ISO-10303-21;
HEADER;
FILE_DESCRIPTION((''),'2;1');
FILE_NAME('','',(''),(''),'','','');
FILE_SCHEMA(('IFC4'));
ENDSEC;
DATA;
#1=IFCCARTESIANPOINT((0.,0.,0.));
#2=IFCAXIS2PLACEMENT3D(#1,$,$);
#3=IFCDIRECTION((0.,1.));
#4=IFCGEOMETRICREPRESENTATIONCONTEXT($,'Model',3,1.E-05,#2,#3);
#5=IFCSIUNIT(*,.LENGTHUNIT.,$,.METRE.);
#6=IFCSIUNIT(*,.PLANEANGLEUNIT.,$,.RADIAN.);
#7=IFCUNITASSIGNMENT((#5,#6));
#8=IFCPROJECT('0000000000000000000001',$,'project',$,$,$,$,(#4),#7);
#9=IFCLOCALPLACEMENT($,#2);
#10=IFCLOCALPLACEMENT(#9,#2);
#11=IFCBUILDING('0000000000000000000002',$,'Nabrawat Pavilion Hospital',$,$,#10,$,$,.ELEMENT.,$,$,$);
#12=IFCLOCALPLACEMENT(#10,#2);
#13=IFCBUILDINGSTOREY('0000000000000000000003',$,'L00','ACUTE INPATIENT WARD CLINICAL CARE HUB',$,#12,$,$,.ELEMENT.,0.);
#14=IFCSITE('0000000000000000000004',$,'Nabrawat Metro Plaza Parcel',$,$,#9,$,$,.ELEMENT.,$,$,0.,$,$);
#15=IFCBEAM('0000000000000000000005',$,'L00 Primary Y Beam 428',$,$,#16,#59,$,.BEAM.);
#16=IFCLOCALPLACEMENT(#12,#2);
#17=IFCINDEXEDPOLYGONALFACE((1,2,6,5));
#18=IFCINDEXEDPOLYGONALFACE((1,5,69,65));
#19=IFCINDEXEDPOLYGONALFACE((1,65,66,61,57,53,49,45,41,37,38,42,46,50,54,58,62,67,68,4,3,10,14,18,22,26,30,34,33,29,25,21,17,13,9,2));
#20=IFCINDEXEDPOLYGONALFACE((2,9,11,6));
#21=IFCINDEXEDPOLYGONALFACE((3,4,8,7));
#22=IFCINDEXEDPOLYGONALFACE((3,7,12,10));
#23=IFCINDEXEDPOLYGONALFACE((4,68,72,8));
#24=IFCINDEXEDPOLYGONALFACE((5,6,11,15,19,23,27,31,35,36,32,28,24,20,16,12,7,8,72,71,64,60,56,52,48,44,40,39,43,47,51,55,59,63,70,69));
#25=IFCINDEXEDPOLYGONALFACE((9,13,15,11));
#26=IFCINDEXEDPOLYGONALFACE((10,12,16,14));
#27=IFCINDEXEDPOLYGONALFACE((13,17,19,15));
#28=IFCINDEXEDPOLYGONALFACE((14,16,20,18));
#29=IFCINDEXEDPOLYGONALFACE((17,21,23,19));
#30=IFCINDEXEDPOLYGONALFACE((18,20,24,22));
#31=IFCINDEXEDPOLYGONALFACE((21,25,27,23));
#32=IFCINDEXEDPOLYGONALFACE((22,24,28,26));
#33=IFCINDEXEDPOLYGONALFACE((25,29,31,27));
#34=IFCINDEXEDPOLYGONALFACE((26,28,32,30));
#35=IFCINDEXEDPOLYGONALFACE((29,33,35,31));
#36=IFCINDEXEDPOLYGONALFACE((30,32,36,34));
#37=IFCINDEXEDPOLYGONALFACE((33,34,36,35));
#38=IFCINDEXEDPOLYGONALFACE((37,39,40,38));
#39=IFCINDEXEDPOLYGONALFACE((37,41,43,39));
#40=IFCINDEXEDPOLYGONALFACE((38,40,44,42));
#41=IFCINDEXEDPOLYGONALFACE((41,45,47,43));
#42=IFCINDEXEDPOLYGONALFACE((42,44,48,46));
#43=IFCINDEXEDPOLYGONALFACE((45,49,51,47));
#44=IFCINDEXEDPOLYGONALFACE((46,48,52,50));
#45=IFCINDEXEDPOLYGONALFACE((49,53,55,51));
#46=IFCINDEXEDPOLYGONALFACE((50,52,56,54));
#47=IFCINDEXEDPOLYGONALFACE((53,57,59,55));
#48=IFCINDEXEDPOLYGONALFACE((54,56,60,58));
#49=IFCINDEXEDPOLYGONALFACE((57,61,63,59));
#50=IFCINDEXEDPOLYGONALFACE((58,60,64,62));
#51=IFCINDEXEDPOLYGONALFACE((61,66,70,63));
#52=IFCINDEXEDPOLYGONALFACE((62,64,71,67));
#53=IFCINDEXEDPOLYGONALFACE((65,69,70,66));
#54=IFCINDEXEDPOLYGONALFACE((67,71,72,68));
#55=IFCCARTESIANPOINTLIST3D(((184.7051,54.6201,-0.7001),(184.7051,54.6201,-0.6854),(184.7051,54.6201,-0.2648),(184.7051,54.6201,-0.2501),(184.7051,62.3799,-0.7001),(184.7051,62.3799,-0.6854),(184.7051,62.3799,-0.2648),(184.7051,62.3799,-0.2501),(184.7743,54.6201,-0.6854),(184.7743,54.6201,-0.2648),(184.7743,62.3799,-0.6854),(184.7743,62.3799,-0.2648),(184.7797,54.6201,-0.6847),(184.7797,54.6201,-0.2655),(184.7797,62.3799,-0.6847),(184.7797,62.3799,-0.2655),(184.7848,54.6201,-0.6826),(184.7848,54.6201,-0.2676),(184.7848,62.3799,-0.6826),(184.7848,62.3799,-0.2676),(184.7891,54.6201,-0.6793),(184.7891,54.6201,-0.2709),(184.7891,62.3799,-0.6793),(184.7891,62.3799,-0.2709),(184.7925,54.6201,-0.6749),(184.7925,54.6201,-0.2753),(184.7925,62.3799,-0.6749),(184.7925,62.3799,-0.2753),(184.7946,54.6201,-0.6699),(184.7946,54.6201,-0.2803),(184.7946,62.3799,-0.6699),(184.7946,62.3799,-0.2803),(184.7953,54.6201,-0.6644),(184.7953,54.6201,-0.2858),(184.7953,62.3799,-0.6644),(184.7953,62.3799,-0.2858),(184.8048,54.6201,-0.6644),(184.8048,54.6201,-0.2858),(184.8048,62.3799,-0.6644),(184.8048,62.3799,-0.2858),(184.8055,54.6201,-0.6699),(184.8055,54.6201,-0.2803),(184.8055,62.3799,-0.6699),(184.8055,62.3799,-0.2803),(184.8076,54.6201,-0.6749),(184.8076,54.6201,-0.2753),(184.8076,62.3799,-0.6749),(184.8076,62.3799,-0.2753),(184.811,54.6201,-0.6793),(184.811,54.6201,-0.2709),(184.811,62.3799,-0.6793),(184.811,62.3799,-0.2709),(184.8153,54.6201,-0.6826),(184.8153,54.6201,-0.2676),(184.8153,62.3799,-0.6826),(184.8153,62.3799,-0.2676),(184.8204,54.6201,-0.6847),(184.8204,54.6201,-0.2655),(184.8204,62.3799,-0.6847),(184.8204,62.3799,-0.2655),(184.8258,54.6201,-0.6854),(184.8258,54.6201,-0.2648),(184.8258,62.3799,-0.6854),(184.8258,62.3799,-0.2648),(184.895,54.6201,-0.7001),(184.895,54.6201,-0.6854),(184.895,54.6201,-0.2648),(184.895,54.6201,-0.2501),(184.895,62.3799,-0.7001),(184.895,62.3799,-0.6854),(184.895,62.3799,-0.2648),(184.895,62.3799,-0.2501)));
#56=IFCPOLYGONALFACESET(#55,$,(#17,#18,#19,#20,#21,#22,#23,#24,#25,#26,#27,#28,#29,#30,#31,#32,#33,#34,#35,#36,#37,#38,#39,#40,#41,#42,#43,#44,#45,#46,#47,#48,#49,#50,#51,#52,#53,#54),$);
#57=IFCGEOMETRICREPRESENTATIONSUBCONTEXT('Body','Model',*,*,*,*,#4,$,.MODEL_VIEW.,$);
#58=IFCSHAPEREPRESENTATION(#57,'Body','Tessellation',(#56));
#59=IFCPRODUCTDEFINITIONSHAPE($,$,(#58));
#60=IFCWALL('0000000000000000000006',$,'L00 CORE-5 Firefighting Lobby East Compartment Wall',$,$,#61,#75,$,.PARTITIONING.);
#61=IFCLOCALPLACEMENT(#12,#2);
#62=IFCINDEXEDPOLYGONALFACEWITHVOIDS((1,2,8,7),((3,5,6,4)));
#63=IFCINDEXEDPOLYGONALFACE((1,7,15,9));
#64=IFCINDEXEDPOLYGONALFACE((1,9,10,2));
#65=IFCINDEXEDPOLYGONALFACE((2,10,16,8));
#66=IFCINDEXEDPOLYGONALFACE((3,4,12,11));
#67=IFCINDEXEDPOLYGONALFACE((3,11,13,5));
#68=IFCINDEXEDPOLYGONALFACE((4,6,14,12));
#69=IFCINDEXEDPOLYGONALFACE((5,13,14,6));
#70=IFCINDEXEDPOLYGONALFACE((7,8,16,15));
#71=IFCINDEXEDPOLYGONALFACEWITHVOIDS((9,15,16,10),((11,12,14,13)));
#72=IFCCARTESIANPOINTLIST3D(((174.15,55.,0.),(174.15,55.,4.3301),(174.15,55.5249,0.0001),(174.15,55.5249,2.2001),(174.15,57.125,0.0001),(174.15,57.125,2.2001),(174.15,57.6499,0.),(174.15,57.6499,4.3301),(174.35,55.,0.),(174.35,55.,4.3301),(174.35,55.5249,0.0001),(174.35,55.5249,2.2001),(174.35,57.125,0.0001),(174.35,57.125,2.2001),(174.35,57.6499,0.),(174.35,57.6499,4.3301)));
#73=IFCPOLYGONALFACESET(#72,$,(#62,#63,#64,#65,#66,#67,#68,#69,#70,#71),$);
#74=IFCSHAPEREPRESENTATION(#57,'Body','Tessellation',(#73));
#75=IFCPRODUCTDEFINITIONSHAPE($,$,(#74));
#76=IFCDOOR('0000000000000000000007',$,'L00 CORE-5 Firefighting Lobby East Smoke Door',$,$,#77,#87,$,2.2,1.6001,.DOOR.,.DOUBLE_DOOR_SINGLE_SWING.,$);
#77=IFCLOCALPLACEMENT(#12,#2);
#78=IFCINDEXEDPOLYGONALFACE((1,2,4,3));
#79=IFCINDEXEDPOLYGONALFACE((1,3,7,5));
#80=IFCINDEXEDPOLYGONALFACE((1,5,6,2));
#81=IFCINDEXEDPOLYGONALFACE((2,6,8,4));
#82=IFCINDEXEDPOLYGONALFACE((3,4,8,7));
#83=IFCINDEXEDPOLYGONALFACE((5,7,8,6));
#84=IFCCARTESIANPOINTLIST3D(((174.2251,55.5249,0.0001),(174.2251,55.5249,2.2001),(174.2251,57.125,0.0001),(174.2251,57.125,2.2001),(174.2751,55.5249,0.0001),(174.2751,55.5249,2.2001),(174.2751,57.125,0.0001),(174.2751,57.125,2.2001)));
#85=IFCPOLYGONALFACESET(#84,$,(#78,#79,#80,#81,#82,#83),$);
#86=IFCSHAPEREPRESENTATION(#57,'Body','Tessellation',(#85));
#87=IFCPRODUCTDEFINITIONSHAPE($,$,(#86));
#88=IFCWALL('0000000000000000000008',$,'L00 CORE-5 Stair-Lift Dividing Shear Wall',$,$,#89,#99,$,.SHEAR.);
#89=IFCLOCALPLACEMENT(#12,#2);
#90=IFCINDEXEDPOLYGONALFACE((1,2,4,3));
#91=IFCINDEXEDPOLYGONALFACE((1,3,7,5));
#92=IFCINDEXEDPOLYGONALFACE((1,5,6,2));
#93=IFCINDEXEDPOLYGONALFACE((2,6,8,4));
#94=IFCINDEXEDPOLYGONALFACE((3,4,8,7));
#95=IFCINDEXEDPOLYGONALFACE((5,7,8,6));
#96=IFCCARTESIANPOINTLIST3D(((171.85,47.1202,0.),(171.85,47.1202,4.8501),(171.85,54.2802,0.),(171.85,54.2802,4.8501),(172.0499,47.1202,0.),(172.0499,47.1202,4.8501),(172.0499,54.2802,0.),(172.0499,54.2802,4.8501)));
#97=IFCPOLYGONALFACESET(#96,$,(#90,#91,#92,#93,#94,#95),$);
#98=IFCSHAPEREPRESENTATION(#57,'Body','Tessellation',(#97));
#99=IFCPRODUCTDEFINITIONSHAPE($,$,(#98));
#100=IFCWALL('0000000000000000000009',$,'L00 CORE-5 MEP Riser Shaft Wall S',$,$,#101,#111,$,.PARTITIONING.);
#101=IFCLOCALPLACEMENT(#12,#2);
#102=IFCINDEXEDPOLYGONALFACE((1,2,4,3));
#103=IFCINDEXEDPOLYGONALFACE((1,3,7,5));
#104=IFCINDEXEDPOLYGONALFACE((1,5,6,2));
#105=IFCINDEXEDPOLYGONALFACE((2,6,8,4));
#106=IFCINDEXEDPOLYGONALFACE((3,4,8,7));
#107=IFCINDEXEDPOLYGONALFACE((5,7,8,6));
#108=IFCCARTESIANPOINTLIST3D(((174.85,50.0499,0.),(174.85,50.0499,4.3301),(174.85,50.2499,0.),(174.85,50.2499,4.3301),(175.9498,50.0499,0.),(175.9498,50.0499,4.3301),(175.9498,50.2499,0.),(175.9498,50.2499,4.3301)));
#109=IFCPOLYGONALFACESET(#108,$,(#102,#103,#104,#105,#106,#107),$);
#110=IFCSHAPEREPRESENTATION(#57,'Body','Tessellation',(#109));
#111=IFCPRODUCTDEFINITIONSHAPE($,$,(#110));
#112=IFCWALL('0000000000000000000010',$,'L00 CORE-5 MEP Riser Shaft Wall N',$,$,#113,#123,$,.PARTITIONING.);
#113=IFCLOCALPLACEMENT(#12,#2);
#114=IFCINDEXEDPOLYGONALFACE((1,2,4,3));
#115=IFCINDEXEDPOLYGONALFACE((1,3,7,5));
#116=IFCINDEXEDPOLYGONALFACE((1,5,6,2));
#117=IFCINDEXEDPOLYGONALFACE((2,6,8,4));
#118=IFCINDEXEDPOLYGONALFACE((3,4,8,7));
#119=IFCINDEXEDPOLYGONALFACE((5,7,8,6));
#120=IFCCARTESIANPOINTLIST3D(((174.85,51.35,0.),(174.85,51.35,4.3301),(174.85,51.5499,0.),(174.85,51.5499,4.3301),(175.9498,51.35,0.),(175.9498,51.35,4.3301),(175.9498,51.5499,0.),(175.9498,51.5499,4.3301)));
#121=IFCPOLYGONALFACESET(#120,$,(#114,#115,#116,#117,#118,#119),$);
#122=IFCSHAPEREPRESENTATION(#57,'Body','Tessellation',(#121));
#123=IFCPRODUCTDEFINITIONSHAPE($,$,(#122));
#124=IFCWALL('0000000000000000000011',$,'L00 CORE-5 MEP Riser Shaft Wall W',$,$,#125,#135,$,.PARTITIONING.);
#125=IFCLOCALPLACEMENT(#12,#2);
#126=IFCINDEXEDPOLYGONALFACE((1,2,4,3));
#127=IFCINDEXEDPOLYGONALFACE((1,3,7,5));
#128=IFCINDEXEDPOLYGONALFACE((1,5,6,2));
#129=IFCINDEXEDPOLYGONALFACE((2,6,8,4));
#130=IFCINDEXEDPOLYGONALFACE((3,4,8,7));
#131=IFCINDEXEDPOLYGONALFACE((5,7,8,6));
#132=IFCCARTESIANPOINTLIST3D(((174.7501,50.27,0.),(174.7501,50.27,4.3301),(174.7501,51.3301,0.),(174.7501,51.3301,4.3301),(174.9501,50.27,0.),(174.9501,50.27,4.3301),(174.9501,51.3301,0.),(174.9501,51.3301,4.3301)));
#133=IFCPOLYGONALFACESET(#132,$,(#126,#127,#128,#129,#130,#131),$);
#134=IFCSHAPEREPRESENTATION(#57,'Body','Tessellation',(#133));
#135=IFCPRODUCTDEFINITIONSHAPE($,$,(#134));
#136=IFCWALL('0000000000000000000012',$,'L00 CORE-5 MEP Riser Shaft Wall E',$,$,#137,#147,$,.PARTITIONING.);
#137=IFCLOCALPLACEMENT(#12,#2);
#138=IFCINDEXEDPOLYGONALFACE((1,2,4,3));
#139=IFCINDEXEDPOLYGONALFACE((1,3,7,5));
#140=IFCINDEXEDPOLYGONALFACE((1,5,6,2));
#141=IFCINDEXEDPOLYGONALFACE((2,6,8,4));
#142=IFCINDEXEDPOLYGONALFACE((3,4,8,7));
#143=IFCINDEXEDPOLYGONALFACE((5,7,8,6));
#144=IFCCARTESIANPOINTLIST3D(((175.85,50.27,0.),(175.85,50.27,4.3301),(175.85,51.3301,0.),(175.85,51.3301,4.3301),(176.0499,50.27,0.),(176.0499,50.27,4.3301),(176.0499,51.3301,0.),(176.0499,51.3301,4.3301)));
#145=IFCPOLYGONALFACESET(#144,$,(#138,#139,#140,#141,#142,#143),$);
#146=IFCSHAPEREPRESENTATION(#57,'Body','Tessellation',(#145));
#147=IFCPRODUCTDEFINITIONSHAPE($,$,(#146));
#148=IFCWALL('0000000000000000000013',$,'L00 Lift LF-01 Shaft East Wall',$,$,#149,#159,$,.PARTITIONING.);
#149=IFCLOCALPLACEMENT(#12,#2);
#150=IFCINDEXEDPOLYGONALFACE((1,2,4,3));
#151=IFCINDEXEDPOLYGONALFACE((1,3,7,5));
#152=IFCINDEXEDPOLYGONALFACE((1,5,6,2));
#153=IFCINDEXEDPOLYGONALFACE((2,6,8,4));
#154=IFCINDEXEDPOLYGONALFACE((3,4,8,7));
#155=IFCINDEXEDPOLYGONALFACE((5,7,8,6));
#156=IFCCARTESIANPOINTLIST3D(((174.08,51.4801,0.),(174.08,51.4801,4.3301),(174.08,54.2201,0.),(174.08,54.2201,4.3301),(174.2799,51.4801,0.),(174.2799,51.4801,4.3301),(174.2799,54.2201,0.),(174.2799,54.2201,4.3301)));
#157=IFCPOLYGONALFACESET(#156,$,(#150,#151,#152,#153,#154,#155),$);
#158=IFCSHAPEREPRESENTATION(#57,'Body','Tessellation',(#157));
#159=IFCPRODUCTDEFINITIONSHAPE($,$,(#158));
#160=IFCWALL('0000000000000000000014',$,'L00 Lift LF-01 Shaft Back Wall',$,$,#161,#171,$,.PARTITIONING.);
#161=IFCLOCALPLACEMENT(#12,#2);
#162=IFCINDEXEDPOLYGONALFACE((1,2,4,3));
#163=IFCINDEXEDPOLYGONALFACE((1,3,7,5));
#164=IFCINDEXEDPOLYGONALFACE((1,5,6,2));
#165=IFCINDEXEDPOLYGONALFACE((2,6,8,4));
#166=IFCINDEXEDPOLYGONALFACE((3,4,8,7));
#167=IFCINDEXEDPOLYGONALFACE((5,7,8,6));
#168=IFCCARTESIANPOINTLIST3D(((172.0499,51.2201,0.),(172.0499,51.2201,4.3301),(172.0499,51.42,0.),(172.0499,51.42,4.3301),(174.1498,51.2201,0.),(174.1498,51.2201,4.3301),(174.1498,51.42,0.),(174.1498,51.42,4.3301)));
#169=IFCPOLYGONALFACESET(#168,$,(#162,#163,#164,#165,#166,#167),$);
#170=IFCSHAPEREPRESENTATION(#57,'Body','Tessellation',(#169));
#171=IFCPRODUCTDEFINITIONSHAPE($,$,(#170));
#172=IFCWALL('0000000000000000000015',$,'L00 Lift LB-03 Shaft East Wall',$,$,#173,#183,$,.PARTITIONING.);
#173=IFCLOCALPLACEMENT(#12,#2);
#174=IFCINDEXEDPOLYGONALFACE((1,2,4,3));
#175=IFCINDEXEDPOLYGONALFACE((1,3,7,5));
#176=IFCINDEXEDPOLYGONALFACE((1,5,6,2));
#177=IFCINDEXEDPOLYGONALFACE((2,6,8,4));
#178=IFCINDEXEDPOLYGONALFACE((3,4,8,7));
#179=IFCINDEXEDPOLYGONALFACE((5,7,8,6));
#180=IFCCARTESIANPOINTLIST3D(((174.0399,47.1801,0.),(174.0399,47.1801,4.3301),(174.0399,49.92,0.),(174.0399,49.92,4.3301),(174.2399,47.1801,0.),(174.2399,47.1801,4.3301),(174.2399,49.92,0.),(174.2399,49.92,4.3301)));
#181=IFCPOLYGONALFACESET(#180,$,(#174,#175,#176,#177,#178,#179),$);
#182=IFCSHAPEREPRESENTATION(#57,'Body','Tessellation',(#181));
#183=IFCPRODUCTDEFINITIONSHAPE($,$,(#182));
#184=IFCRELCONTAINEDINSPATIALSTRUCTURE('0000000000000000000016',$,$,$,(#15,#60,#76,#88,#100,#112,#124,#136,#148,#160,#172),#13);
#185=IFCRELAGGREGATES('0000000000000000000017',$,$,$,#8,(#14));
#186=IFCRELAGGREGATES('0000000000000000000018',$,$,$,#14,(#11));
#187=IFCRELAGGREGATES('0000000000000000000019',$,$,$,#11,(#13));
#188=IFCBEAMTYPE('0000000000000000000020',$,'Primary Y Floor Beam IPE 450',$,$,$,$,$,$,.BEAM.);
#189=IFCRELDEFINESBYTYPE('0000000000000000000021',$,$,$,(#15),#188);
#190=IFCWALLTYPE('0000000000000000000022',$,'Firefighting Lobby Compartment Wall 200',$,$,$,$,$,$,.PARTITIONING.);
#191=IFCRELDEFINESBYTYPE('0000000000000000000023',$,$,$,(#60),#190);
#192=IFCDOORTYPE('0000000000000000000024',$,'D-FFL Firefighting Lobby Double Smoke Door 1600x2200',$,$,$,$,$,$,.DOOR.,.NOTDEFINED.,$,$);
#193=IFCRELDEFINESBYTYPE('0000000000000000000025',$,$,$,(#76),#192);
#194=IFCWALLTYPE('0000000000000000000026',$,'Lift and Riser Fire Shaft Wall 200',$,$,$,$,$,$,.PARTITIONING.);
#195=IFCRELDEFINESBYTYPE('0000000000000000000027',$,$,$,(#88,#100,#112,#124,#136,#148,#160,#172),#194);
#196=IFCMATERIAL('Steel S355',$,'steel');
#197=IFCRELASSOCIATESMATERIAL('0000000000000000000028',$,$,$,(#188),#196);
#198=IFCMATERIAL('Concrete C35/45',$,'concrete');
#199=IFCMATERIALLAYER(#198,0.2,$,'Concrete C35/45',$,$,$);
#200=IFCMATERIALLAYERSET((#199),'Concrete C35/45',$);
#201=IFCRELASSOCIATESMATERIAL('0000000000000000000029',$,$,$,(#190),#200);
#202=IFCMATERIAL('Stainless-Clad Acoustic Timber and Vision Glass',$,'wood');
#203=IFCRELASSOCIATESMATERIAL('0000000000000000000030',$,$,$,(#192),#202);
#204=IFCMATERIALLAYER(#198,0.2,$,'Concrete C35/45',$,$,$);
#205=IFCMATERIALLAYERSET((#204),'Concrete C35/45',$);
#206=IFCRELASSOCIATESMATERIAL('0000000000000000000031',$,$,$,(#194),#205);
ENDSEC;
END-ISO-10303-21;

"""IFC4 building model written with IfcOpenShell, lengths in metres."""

from ifc_helpers import new_model, si_unit, direction, frame, frame_2d, origin, origin_2d, place, context, subcontext, project, spatial, rectangle, i_section, extrude, material, layer, layer_set, material_profile, profile_set, type_object, element, fill, save


model = new_model("IFC4")

# Units and contexts
model_context = context("Model", 3, precision=1e-05, world=origin(), true_north=direction((0.0, 1.0)))
body_context = subcontext(model_context, "Body", "Model", "MODEL_VIEW")
ifc_project = project(units=[si_unit("LENGTHUNIT", "METRE"), si_unit("PLANEANGLEUNIT", "RADIAN")], contexts=[model_context])

# Site, building, storey
site_placement = place(None, origin())
site = spatial("IfcSite", under=ifc_project, at=site_placement, Name="Nabrawat Metro Plaza Parcel", CompositionType="ELEMENT", RefElevation=0.0)
building_placement = place(site_placement, origin())
building = spatial("IfcBuilding", under=site, at=building_placement, Name="Nabrawat Pavilion Hospital", CompositionType="ELEMENT")
storey_placement = place(building_placement, origin())
storey = spatial("IfcBuildingStorey", under=building, at=storey_placement, Name="L00", Description="ACUTE INPATIENT WARD CLINICAL CARE HUB", CompositionType="ELEMENT", Elevation=0.0)

# Shared definitions
ifc_material_1 = material(Name="Steel S355", Category="steel")

# Beam
ifc_material_profile_1 = material_profile(ifc_material_1, i_section(OverallWidth=0.1899, OverallDepth=0.45, WebThickness=0.0095, FlangeThickness=0.0146, FilletRadius=0.021, at=origin_2d()), Name="IPE 450")
ifc_profile_set_1 = profile_set([ifc_material_profile_1], Name="Steel S355")
beam_type_1 = type_object("IfcBeamType", Name="Primary Y Floor Beam IPE 450", PredefinedType="BEAM", material=ifc_profile_set_1)
for number, where, z_axis, x_axis, name in (
    (1, (184.8, 54.6201, -0.4751), (0.0, 1.0, 0.0), (-1.0, 0.0, 0.0), "L00 Primary Y Beam 428"),
):
    element("IfcBeam", number, at=place(storey_placement, frame(where, z_axis=z_axis, x_axis=x_axis)), inside=storey, type_object=beam_type_1, Name=name, PredefinedType="BEAM", context=body_context, shape_type="SweptSolid", body=[
        extrude(i_section(OverallWidth=0.1899, OverallDepth=0.45, WebThickness=0.0095, FlangeThickness=0.0146, FilletRadius=0.021, at=origin_2d()), origin(), (0.0, 0.0, 1.0), 7.7598),
    ])

# Wall, opening, door
ifc_material_2 = material(Name="Concrete C35/45", Category="concrete")
ifc_layer_1 = layer(ifc_material_2, 0.2, Name="Concrete C35/45")
ifc_layer_set_1 = layer_set([ifc_layer_1], Name="Concrete C35/45")
wall_type_1 = type_object("IfcWallType", Name="Firefighting Lobby Compartment Wall 200", PredefinedType="PARTITIONING", material=ifc_layer_set_1)
wall_1_placement = place(storey_placement, frame((174.25, 55.0, 0.0), z_axis=(0.0, 0.0, 1.0), x_axis=(0.0, 1.0, 0.0)))
wall_1 = element("IfcWall", 2, at=wall_1_placement, inside=storey, type_object=wall_type_1, Name="L00 CORE-5 Firefighting Lobby East Compartment Wall", PredefinedType="PARTITIONING", context=body_context, shape_type="SweptSolid", body=[
    extrude(rectangle(XDim=2.6499, YDim=0.2, at=frame_2d((1.325, 0.0))), origin(), (0.0, 0.0, 1.0), 4.3301),
])
opening_1_placement = place(wall_1_placement, frame((0.5249, 0.0, 0.0)))
opening_1 = element("IfcOpeningElement", 3, at=opening_1_placement, cuts=wall_1, PredefinedType="OPENING", context=body_context, shape_type="SweptSolid", body=[
    extrude(rectangle(XDim=1.6001, YDim=2.2, at=frame_2d((0.8, 1.1001))), frame((0.0, 0.1099, 0.0), z_axis=(0.0, -1.0, 0.0), x_axis=(1.0, 0.0, 0.0)), (0.0, 0.0, 1.0), 0.22),
])
ifc_material_3 = material(Name="Stainless-Clad Acoustic Timber and Vision Glass", Category="wood")
door_type_1 = type_object("IfcDoorType", Name="D-FFL Firefighting Lobby Double Smoke Door 1600x2200", OperationType="NOTDEFINED", PredefinedType="DOOR", material=ifc_material_3)
door_1_placement = place(opening_1_placement, origin())
door_1 = element("IfcDoor", 4, at=door_1_placement, inside=storey, type_object=door_type_1, Name="L00 CORE-5 Firefighting Lobby East Smoke Door", OperationType="DOUBLE_DOOR_SINGLE_SWING", OverallHeight=2.2, OverallWidth=1.6001, PredefinedType="DOOR", context=body_context, shape_type="SweptSolid", body=[
    extrude(rectangle(XDim=1.6001, YDim=2.2, at=frame_2d((0.8, 1.1001))), frame((0.0, 0.0249, 0.0), z_axis=(0.0, -1.0, 0.0), x_axis=(1.0, 0.0, 0.0)), (0.0, 0.0, 1.0), 0.05),
])
fill(opening_1, door_1)

# Walls
ifc_layer_2 = layer(ifc_material_2, 0.2, Name="Concrete C35/45")
ifc_layer_set_2 = layer_set([ifc_layer_2], Name="Concrete C35/45")
wall_type_2 = type_object("IfcWallType", Name="Lift and Riser Fire Shaft Wall 200", PredefinedType="PARTITIONING", material=ifc_layer_set_2)
wall_2_placement = place(storey_placement, frame((171.95, 47.1201, 0.0), z_axis=(0.0, 0.0, 1.0), x_axis=(0.0, 1.0, 0.0)))
element("IfcWall", 5, at=wall_2_placement, inside=storey, type_object=wall_type_2, Name="L00 CORE-5 Stair-Lift Dividing Shear Wall", PredefinedType="SHEAR", context=body_context, shape_type="SweptSolid", body=[
    extrude(rectangle(XDim=7.1599, YDim=0.2, at=frame_2d((3.5801, 0.0))), origin(), (0.0, 0.0, 1.0), 4.8501),
])
for number, where, z_axis, x_axis, name in (
    (6, (174.8501, 50.1499, 0.0), (0.0, 0.0, 1.0), (1.0, 0.0, 0.0), "L00 CORE-5 MEP Riser Shaft Wall S"),
    (7, (174.8501, 51.45, 0.0), (0.0, 0.0, 1.0), (1.0, 0.0, 0.0), "L00 CORE-5 MEP Riser Shaft Wall N"),
):
    element("IfcWall", number, at=place(storey_placement, frame(where, z_axis=z_axis, x_axis=x_axis)), inside=storey, type_object=wall_type_2, Name=name, PredefinedType="PARTITIONING", context=body_context, shape_type="SweptSolid", body=[
        extrude(rectangle(XDim=1.0999, YDim=0.2, at=frame_2d((0.5498, 0.0))), origin(), (0.0, 0.0, 1.0), 4.3301),
    ])
for number, where, z_axis, x_axis, name in (
    (8, (174.8501, 50.27, 0.0), (0.0, 0.0, 1.0), (0.0, 1.0, 0.0), "L00 CORE-5 MEP Riser Shaft Wall W"),
    (9, (175.95, 50.27, 0.0), (0.0, 0.0, 1.0), (0.0, 1.0, 0.0), "L00 CORE-5 MEP Riser Shaft Wall E"),
):
    element("IfcWall", number, at=place(storey_placement, frame(where, z_axis=z_axis, x_axis=x_axis)), inside=storey, type_object=wall_type_2, Name=name, PredefinedType="PARTITIONING", context=body_context, shape_type="SweptSolid", body=[
        extrude(rectangle(XDim=1.0601, YDim=0.2, at=frame_2d((0.53, 0.0))), origin(), (0.0, 0.0, 1.0), 4.3301),
    ])
wall_3_placement = place(storey_placement, frame((174.1799, 51.48, 0.0), z_axis=(0.0, 0.0, 1.0), x_axis=(0.0, 1.0, 0.0)))
element("IfcWall", 10, at=wall_3_placement, inside=storey, type_object=wall_type_2, Name="L00 Lift LF-01 Shaft East Wall", PredefinedType="PARTITIONING", context=body_context, shape_type="SweptSolid", body=[
    extrude(rectangle(XDim=2.74, YDim=0.2, at=frame_2d((1.3701, 0.0))), origin(), (0.0, 0.0, 1.0), 4.3301),
])
wall_4_placement = place(storey_placement, frame((172.05, 51.3201, 0.0), z_axis=(0.0, 0.0, 1.0), x_axis=(1.0, 0.0, 0.0)))
element("IfcWall", 11, at=wall_4_placement, inside=storey, type_object=wall_type_2, Name="L00 Lift LF-01 Shaft Back Wall", PredefinedType="PARTITIONING", context=body_context, shape_type="SweptSolid", body=[
    extrude(rectangle(XDim=2.0999, YDim=0.2, at=frame_2d((1.0498, 0.0))), origin(), (0.0, 0.0, 1.0), 4.3301),
])
wall_5_placement = place(storey_placement, frame((174.1399, 47.1799, 0.0), z_axis=(0.0, 0.0, 1.0), x_axis=(0.0, 1.0, 0.0)))
element("IfcWall", 12, at=wall_5_placement, inside=storey, type_object=wall_type_2, Name="L00 Lift LB-03 Shaft East Wall", PredefinedType="PARTITIONING", context=body_context, shape_type="SweptSolid", body=[
    extrude(rectangle(XDim=2.74, YDim=0.2, at=frame_2d((1.3701, 0.0))), origin(), (0.0, 0.0, 1.0), 4.3301),
])

save(model, "model.ifc")
